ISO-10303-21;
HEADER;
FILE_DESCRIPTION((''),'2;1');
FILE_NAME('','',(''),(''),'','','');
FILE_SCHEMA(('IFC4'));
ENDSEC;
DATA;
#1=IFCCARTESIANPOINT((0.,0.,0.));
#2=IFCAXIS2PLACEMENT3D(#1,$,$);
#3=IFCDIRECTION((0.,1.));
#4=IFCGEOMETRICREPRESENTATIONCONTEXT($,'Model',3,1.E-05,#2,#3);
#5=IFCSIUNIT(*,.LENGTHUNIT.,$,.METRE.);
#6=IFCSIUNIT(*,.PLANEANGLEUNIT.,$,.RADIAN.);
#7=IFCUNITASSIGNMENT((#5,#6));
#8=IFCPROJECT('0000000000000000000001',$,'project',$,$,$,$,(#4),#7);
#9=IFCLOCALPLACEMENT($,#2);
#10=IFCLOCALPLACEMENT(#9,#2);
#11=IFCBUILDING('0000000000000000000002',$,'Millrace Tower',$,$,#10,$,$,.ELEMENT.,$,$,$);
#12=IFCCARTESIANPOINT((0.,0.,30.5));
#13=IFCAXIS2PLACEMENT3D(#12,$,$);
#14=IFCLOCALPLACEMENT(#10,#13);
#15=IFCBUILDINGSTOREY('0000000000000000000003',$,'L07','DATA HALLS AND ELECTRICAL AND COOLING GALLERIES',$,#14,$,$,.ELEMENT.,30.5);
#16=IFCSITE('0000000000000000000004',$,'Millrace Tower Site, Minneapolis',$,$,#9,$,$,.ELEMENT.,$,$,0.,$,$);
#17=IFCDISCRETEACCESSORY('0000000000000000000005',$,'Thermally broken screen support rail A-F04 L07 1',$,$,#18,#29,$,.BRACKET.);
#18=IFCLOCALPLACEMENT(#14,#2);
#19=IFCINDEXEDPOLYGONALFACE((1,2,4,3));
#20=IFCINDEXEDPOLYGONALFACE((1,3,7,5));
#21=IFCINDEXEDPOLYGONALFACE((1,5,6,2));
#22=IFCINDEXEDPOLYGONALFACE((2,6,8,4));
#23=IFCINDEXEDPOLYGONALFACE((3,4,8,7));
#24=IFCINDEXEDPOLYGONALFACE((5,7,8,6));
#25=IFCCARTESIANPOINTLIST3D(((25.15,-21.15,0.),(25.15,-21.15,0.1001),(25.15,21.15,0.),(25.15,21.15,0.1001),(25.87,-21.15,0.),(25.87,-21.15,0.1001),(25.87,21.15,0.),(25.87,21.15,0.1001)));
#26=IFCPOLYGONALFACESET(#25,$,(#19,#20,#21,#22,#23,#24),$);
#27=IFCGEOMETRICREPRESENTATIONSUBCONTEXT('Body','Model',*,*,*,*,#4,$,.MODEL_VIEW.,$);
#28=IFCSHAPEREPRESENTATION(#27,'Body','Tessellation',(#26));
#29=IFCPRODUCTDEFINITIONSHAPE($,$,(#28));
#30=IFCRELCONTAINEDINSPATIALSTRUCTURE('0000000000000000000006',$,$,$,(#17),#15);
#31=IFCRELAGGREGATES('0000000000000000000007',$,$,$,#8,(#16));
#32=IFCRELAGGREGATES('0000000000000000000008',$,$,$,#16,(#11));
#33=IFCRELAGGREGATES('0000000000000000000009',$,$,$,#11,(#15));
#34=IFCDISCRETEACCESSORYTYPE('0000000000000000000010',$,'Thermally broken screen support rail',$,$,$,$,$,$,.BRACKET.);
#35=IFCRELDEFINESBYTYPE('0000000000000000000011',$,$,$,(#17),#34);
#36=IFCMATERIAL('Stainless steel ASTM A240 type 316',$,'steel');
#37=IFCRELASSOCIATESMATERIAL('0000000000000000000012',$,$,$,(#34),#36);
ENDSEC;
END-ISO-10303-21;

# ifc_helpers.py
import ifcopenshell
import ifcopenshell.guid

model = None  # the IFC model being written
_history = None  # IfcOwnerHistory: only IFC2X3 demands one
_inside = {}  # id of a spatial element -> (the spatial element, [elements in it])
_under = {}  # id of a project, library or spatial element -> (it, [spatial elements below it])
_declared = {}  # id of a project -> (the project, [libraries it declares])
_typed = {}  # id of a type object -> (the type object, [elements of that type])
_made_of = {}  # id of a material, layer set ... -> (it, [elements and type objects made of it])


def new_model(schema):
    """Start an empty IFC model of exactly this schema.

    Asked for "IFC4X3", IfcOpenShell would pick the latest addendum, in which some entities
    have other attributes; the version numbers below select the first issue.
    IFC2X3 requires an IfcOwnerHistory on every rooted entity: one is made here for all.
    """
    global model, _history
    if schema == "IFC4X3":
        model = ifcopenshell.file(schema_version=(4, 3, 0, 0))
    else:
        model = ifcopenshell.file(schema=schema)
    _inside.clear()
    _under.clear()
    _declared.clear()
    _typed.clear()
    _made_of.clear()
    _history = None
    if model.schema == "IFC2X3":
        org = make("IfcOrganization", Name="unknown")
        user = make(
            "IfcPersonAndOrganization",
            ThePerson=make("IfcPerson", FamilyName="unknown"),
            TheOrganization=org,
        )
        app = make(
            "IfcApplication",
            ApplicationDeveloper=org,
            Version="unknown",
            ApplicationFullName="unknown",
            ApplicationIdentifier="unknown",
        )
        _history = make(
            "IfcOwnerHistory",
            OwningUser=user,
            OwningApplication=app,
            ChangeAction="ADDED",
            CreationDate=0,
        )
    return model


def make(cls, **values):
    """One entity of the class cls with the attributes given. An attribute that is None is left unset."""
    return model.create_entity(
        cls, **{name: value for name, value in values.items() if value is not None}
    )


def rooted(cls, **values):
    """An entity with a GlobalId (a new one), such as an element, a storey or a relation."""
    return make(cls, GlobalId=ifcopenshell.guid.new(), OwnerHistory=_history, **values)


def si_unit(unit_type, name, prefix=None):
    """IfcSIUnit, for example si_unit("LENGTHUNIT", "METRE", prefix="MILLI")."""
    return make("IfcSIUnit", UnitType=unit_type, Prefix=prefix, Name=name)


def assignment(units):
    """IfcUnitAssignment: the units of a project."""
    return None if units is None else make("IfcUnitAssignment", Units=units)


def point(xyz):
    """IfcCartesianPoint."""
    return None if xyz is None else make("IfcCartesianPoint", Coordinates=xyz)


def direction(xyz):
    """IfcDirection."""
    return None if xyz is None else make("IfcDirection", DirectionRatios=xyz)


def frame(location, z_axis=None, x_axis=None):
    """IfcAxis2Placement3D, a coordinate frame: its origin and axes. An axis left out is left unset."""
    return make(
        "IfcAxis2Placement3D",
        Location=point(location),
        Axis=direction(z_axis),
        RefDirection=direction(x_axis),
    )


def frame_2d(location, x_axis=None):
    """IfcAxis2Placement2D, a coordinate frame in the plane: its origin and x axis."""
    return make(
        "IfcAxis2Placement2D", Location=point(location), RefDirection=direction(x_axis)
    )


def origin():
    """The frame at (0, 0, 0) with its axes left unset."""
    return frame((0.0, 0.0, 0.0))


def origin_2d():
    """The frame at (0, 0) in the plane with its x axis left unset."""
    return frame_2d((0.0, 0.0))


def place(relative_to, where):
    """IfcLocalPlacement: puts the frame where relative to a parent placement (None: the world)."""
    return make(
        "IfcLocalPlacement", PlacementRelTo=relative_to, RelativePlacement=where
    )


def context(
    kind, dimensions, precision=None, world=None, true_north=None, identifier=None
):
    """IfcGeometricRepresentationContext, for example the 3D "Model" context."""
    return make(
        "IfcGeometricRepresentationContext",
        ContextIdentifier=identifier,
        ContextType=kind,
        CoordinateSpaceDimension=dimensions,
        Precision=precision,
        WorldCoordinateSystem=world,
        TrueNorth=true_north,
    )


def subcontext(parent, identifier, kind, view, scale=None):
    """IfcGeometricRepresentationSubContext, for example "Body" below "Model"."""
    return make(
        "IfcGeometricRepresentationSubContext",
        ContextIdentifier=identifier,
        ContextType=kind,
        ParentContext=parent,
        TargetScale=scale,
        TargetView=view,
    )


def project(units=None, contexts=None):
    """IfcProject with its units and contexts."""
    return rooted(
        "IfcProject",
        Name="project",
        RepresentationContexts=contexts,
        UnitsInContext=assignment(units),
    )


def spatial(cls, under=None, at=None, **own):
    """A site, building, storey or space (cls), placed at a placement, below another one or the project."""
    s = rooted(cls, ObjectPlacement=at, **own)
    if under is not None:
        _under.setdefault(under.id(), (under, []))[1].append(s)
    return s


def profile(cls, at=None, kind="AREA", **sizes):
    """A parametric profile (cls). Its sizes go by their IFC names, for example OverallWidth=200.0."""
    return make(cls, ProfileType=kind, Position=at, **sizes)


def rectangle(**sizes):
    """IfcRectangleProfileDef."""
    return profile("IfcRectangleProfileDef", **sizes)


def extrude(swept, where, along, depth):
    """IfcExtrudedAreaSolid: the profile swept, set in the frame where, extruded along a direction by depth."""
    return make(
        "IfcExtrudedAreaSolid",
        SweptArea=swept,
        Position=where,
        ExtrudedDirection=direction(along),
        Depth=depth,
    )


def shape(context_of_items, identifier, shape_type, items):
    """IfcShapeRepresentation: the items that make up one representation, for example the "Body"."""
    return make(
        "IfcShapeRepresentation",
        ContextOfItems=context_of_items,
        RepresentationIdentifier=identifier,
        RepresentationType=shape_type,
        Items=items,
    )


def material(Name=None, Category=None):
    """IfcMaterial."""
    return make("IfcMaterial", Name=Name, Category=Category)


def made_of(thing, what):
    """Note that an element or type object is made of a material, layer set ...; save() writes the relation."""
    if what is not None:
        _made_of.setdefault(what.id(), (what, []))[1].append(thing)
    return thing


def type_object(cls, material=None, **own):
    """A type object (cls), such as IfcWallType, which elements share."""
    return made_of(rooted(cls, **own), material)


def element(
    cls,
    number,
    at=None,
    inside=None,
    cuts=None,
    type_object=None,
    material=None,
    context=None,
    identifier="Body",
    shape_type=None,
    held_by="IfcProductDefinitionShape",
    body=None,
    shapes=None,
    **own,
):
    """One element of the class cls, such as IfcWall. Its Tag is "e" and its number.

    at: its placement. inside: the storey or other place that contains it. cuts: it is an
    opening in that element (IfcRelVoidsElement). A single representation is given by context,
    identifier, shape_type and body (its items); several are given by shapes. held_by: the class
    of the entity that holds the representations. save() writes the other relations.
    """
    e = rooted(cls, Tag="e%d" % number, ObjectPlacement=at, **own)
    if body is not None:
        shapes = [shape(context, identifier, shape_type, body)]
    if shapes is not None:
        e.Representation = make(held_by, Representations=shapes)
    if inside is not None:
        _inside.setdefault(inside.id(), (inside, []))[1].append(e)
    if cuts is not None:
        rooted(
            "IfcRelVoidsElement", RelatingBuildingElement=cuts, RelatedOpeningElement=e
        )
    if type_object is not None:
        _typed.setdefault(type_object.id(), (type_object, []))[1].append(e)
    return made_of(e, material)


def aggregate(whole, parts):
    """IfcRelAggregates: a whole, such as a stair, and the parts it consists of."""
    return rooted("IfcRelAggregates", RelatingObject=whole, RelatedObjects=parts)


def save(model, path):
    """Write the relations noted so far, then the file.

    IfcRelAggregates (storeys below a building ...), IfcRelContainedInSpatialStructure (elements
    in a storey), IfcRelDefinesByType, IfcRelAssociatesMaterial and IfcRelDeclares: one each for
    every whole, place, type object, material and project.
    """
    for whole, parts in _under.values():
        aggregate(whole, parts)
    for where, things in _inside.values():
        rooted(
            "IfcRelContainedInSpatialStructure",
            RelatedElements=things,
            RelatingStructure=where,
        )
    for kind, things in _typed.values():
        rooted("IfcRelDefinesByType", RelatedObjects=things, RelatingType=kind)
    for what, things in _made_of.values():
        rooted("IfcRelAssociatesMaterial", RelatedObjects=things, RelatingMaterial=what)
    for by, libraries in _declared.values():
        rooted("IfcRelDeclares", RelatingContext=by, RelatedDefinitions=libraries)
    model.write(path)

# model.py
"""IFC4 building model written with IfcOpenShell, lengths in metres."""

from ifc_helpers import new_model, si_unit, direction, frame, origin, origin_2d, place, context, subcontext, project, spatial, rectangle, extrude, material, type_object, element, save


model = new_model("IFC4")

# Units and contexts
model_context = context("Model", 3, precision=1e-05, world=origin(), true_north=direction((0.0, 1.0)))
body_context = subcontext(model_context, "Body", "Model", "MODEL_VIEW")
ifc_project = project(units=[si_unit("LENGTHUNIT", "METRE"), si_unit("PLANEANGLEUNIT", "RADIAN")], contexts=[model_context])

# Site, building, storey
site_placement = place(None, origin())
site = spatial("IfcSite", under=ifc_project, at=site_placement, Name="Millrace Tower Site, Minneapolis", CompositionType="ELEMENT", RefElevation=0.0)
building_placement = place(site_placement, origin())
building = spatial("IfcBuilding", under=site, at=building_placement, Name="Millrace Tower", CompositionType="ELEMENT")
storey_placement = place(building_placement, frame((0.0, 0.0, 30.5)))
storey = spatial("IfcBuildingStorey", under=building, at=storey_placement, Name="L07", Description="DATA HALLS AND ELECTRICAL AND COOLING GALLERIES", CompositionType="ELEMENT", Elevation=30.5)

# Discrete accessory
ifc_material_1 = material(Name="Stainless steel ASTM A240 type 316", Category="steel")
discrete_accessory_type = type_object("IfcDiscreteAccessoryType", Name="Thermally broken screen support rail", PredefinedType="BRACKET", material=ifc_material_1)
discrete_accessory_placement = place(storey_placement, frame((25.51, 0.0, 0.0), z_axis=(0.0, 0.0, 1.0), x_axis=(0.0, 1.0, 0.0)))
element("IfcDiscreteAccessory", 1, at=discrete_accessory_placement, inside=storey, type_object=discrete_accessory_type, Name="Thermally broken screen support rail A-F04 L07 1", PredefinedType="BRACKET", context=body_context, shape_type="SweptSolid", body=[
    extrude(rectangle(XDim=42.3, YDim=0.72, at=origin_2d()), origin(), (0.0, 0.0, 1.0), 0.1001),
])

save(model, "model.ifc")
